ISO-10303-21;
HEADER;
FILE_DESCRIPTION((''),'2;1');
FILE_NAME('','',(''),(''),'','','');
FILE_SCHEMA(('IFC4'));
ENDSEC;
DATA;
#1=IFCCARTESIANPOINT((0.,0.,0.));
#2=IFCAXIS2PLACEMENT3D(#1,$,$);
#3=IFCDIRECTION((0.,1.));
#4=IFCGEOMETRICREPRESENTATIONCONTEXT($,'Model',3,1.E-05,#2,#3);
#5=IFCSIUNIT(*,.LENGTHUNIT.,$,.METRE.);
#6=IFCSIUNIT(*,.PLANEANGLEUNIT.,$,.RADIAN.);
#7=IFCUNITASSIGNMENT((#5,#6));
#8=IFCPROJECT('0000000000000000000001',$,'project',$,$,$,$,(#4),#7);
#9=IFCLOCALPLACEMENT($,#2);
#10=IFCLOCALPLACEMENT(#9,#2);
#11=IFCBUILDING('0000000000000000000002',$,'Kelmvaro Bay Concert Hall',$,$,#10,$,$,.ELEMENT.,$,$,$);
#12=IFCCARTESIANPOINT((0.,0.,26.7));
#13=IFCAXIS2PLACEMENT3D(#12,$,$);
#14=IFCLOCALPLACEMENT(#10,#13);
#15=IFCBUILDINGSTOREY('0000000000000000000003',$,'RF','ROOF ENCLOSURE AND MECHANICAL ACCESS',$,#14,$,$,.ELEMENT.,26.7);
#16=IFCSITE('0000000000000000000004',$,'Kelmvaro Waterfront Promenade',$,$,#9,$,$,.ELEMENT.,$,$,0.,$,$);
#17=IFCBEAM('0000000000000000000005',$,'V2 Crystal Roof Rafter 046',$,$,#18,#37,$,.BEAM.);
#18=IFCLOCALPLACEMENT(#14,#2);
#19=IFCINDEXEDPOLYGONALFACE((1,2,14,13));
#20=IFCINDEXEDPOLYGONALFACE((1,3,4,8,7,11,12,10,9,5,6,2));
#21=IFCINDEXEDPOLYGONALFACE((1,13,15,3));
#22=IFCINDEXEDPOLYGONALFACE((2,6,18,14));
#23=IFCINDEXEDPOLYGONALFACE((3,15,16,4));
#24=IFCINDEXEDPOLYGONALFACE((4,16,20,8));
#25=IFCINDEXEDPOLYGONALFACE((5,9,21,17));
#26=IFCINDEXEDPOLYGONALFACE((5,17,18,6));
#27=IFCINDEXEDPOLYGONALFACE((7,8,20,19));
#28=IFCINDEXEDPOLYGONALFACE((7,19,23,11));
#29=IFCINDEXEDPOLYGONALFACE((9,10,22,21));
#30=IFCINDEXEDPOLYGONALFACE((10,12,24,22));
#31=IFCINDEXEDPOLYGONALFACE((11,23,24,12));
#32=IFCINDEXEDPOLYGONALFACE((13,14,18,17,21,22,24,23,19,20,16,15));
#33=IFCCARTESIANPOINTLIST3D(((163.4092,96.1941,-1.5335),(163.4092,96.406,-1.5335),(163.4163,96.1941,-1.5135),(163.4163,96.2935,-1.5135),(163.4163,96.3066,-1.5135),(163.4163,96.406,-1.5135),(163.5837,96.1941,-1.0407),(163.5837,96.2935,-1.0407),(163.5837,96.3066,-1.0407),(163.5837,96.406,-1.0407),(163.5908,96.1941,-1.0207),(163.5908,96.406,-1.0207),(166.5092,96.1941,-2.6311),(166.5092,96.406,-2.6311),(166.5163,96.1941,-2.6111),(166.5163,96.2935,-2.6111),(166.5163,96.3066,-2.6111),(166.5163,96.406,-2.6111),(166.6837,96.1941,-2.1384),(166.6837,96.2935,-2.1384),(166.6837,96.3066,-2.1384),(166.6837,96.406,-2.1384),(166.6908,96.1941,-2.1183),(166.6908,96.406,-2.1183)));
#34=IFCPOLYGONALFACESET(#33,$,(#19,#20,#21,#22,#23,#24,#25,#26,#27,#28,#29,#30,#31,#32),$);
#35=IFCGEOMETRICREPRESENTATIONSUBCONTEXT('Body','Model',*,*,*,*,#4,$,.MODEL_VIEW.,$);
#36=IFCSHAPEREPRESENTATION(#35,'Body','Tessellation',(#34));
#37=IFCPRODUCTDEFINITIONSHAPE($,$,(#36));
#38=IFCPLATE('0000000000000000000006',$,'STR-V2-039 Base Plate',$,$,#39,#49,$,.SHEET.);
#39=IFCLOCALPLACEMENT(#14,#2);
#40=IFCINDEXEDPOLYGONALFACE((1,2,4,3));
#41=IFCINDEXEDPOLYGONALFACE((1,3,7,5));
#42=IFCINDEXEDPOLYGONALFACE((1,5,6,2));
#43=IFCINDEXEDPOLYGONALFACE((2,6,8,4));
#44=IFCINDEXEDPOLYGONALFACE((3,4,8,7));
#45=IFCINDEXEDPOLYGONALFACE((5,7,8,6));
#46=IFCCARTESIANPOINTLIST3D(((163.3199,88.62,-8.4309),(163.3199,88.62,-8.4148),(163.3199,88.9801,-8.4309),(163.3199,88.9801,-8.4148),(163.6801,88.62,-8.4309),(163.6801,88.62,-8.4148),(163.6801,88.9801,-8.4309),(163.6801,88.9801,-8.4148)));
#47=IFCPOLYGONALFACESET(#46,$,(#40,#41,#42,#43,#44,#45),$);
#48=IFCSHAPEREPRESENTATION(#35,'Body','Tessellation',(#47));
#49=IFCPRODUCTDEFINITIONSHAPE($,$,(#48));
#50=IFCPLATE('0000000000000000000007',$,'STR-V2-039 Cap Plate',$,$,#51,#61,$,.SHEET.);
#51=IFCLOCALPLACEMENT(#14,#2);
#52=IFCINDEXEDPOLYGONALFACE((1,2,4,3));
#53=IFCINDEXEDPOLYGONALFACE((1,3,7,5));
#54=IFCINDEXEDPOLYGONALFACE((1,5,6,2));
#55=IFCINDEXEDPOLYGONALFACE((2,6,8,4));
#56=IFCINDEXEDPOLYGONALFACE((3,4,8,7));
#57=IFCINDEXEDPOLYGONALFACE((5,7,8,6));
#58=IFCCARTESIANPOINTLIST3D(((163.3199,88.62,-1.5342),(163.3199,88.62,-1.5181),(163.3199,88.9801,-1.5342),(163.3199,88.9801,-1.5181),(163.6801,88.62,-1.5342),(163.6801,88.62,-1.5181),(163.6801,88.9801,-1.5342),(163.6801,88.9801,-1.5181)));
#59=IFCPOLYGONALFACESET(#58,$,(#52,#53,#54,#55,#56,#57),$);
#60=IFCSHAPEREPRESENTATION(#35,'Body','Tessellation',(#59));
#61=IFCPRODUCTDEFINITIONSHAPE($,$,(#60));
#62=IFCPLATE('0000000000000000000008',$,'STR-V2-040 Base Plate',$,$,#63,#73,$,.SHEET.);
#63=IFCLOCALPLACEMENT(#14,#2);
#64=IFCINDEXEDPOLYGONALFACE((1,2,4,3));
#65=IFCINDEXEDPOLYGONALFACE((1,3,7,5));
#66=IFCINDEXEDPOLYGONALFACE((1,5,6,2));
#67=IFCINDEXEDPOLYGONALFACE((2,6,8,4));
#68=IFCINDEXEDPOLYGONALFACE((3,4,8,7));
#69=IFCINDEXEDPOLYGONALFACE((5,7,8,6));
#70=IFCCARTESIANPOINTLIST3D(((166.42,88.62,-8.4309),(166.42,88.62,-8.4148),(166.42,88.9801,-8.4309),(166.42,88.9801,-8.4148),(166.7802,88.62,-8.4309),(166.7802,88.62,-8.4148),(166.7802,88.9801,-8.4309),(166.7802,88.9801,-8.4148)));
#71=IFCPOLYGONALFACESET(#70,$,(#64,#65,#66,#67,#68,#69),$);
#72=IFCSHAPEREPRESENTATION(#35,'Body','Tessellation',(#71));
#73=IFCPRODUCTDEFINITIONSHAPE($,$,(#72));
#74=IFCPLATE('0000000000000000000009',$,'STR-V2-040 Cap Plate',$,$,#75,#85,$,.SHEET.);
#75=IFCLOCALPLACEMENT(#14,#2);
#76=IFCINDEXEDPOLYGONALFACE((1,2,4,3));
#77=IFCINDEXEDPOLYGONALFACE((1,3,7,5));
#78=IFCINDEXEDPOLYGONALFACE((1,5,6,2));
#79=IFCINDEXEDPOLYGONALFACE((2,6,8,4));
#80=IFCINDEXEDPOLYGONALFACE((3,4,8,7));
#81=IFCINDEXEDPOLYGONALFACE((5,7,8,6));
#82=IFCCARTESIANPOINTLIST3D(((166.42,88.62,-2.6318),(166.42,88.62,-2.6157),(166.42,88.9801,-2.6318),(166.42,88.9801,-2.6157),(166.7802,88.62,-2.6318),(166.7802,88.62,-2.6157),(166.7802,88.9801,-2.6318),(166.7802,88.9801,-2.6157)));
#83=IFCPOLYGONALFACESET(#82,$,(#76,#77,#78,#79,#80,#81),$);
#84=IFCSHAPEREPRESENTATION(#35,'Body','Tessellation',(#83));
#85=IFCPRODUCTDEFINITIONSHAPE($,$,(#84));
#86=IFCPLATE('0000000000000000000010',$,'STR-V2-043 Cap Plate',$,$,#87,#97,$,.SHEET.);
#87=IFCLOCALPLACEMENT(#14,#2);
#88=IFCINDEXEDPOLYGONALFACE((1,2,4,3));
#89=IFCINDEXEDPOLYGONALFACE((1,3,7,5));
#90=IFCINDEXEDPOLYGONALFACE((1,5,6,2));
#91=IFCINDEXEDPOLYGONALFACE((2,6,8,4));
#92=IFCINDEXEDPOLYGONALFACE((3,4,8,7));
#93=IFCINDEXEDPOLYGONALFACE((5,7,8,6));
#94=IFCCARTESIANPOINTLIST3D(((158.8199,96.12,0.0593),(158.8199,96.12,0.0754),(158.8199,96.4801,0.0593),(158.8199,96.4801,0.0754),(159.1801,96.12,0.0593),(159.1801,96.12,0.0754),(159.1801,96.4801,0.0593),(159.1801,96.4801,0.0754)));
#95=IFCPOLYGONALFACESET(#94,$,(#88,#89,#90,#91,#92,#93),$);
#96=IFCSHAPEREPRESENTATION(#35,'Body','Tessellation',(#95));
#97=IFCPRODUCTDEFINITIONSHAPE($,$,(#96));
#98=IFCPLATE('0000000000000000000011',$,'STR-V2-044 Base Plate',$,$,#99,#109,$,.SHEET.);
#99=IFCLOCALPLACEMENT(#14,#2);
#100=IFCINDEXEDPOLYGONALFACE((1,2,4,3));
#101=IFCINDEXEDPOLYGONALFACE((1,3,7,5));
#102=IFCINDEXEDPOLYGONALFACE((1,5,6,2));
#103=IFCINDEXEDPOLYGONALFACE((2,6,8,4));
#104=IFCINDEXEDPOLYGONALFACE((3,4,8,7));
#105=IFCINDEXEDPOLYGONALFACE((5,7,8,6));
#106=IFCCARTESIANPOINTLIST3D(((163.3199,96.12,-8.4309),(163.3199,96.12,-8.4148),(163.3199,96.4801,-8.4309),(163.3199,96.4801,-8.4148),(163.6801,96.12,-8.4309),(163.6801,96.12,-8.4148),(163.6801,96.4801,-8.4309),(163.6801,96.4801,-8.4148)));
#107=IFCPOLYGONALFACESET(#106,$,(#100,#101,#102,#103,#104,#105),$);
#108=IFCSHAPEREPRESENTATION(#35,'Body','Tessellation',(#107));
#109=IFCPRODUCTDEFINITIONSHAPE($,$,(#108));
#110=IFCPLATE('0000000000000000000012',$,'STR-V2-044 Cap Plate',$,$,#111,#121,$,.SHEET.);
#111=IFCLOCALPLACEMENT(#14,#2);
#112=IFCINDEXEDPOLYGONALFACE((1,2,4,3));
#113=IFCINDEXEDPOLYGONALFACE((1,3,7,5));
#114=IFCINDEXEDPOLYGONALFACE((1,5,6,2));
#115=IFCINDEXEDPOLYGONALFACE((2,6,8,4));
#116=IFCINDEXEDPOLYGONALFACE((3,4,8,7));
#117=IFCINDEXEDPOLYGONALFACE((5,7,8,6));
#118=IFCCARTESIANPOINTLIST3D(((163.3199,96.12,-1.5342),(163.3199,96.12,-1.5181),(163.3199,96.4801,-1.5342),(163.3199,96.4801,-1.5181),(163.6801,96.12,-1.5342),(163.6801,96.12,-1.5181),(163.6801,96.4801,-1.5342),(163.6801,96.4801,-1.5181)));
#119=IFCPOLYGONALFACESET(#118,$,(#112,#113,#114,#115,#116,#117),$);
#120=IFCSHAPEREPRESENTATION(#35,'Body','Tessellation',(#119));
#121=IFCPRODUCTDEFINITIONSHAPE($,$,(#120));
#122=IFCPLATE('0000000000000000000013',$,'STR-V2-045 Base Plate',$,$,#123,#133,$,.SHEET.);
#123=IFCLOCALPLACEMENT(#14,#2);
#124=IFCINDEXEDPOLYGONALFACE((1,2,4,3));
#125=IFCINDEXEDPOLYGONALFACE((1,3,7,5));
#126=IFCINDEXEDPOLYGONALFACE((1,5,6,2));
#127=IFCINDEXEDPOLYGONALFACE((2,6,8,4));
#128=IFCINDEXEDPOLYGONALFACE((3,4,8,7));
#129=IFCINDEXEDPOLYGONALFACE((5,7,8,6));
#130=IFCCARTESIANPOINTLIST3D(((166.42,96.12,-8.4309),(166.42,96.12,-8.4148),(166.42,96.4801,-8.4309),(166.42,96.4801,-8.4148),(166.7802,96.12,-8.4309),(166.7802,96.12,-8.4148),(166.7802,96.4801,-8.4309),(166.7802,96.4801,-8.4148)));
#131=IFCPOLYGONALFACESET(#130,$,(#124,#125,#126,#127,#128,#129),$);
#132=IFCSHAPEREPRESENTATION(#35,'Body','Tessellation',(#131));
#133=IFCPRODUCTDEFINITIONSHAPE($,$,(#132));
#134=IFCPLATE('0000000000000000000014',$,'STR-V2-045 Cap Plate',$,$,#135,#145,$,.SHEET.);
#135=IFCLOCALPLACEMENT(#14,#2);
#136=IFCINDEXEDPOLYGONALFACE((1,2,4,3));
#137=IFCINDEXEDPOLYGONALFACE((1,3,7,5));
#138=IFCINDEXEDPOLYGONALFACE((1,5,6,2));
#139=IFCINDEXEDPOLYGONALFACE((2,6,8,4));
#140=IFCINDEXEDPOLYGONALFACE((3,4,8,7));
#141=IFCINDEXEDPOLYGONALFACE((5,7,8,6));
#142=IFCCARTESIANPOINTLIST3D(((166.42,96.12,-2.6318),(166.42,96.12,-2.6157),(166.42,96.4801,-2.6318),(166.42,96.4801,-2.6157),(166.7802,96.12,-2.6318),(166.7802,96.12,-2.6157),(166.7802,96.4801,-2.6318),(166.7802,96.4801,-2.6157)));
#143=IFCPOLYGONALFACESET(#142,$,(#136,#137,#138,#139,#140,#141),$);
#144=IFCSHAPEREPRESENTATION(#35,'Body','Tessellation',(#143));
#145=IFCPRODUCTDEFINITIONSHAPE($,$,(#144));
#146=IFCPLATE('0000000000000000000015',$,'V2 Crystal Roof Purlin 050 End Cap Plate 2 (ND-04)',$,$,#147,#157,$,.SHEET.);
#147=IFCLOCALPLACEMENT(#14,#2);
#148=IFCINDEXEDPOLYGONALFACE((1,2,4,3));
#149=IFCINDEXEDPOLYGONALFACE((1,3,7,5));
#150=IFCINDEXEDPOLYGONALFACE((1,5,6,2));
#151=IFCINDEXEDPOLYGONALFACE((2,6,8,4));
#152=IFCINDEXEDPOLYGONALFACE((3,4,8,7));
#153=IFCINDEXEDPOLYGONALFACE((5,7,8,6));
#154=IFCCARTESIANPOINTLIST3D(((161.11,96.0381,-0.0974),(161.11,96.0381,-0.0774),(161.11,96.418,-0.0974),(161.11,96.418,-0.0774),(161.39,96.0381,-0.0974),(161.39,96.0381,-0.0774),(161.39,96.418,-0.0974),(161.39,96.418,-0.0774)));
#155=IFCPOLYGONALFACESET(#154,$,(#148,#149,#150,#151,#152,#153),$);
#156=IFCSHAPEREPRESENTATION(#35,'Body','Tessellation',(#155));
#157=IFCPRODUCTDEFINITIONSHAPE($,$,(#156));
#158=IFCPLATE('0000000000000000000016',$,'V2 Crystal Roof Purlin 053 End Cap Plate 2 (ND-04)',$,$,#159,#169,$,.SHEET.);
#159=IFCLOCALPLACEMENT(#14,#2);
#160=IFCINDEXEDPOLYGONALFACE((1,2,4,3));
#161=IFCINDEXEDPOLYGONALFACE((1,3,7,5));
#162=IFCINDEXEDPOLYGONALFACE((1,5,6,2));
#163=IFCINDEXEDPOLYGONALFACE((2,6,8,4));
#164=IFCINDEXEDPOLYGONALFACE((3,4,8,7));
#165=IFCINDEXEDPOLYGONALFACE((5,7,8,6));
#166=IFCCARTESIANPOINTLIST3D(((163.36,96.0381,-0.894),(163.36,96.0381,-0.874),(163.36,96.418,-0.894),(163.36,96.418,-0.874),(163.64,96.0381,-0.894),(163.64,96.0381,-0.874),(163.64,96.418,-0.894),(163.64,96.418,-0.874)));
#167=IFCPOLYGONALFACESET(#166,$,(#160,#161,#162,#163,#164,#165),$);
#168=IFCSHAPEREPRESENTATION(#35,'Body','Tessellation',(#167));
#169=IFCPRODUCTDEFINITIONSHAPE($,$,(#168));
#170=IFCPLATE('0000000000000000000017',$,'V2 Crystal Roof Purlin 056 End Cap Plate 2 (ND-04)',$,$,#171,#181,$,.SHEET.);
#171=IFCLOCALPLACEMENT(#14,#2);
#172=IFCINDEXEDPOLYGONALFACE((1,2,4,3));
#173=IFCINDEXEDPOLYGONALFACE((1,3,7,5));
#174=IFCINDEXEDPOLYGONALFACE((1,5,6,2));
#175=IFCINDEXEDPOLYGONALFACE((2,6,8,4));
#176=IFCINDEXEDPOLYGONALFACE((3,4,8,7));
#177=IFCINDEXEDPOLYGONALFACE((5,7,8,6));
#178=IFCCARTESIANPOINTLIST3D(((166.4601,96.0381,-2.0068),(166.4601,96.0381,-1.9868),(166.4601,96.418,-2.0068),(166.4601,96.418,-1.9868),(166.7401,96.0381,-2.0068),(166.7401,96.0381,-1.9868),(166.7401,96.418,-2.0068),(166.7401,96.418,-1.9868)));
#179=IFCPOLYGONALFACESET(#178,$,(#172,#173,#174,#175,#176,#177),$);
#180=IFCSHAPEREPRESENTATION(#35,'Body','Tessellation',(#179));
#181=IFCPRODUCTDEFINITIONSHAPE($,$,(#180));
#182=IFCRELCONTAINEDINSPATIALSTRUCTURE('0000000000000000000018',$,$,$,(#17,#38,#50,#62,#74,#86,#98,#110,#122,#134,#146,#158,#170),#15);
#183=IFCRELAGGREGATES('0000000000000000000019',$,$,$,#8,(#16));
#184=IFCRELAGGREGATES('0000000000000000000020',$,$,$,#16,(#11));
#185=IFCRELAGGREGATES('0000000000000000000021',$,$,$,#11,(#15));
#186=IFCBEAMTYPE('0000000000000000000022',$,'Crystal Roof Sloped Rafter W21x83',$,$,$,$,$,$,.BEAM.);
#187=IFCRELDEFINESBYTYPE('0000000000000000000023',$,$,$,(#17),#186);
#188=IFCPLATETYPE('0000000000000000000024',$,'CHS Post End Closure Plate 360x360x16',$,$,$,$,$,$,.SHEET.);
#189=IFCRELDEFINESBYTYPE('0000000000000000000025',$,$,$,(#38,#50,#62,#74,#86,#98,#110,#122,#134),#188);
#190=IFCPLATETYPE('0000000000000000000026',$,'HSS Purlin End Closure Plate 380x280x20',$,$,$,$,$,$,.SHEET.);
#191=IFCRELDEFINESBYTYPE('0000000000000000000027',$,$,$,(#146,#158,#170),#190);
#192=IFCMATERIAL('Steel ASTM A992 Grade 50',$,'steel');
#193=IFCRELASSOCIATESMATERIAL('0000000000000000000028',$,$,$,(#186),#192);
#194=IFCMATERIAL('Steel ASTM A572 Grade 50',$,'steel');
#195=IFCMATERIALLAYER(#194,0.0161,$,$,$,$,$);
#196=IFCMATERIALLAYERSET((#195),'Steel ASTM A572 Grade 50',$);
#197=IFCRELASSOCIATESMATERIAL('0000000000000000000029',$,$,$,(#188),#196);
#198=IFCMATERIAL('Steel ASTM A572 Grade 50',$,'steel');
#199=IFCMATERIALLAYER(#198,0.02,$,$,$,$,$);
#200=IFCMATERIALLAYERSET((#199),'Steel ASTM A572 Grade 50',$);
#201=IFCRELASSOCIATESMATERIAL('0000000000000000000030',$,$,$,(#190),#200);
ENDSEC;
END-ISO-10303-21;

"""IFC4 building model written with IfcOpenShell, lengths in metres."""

from ifc_helpers import new_model, si_unit, direction, frame, origin, origin_2d, place, context, subcontext, project, spatial, rectangle, i_section, extrude, material, layer, layer_set, material_profile, profile_set, type_object, element, save


model = new_model("IFC4")

# Units and contexts
model_context = context("Model", 3, precision=1e-05, world=origin(), true_north=direction((0.0, 1.0)))
body_context = subcontext(model_context, "Body", "Model", "MODEL_VIEW")
ifc_project = project(units=[si_unit("LENGTHUNIT", "METRE"), si_unit("PLANEANGLEUNIT", "RADIAN")], contexts=[model_context])

# Site, building, storey
site_placement = place(None, origin())
site = spatial("IfcSite", under=ifc_project, at=site_placement, Name="Kelmvaro Waterfront Promenade", CompositionType="ELEMENT", RefElevation=0.0)
building_placement = place(site_placement, origin())
building = spatial("IfcBuilding", under=site, at=building_placement, Name="Kelmvaro Bay Concert Hall", CompositionType="ELEMENT")
storey_placement = place(building_placement, frame((0.0, 0.0, 26.7)))
storey = spatial("IfcBuildingStorey", under=building, at=storey_placement, Name="RF", Description="ROOF ENCLOSURE AND MECHANICAL ACCESS", CompositionType="ELEMENT", Elevation=26.7)

# Beam
ifc_material_1 = material(Name="Steel ASTM A992 Grade 50", Category="steel")
ifc_material_profile_1 = material_profile(ifc_material_1, i_section(OverallWidth=0.2119, OverallDepth=0.5439, WebThickness=0.0132, FlangeThickness=0.0212, at=origin_2d()), Name="W21X83")
ifc_profile_set_1 = profile_set([ifc_material_profile_1], Name="Steel ASTM A992 Grade 50")
beam_type = type_object("IfcBeamType", Name="Crystal Roof Sloped Rafter W21x83", PredefinedType="BEAM", material=ifc_profile_set_1)
beam_1_placement = place(storey_placement, frame((163.5, 96.3, -1.2771), z_axis=(0.942655, 0.0, -0.333767), x_axis=(0.0, 1.0, 0.0)))
element("IfcBeam", 1, at=beam_1_placement, inside=storey, type_object=beam_type, Name="V2 Crystal Roof Rafter 046", PredefinedType="BEAM", context=body_context, shape_type="SweptSolid", body=[
    extrude(i_section(OverallWidth=0.2119, OverallDepth=0.5439, WebThickness=0.0132, FlangeThickness=0.0212, at=origin_2d()), origin(), (0.0, 0.0, 1.0), 3.2886),
])

# Plates
ifc_material_2 = material(Name="Steel ASTM A572 Grade 50", Category="steel")
ifc_layer_1 = layer(ifc_material_2, 0.0161)
ifc_layer_set_1 = layer_set([ifc_layer_1], Name="Steel ASTM A572 Grade 50")
plate_type_1 = type_object("IfcPlateType", Name="CHS Post End Closure Plate 360x360x16", PredefinedType="SHEET", material=ifc_layer_set_1)
for number, where, z_axis, x_axis, name in (
    (2, (163.5, 88.8, -8.4309), (0.0, 0.0, 1.0), (1.0, 0.0, 0.0), "STR-V2-039 Base Plate"),
    (3, (163.5, 88.8, -1.5342), (0.0, 0.0, 1.0), (1.0, 0.0, 0.0), "STR-V2-039 Cap Plate"),
    (4, (166.6001, 88.8, -8.4309), (0.0, 0.0, 1.0), (1.0, 0.0, 0.0), "STR-V2-040 Base Plate"),
    (5, (166.6001, 88.8, -2.6318), (0.0, 0.0, 1.0), (1.0, 0.0, 0.0), "STR-V2-040 Cap Plate"),
    (6, (159.0, 96.3, 0.0593), (0.0, 0.0, 1.0), (1.0, 0.0, 0.0), "STR-V2-043 Cap Plate"),
    (7, (163.5, 96.3, -8.4309), (0.0, 0.0, 1.0), (1.0, 0.0, 0.0), "STR-V2-044 Base Plate"),
    (8, (163.5, 96.3, -1.5342), (0.0, 0.0, 1.0), (1.0, 0.0, 0.0), "STR-V2-044 Cap Plate"),
    (9, (166.6001, 96.3, -8.4309), (0.0, 0.0, 1.0), (1.0, 0.0, 0.0), "STR-V2-045 Base Plate"),
    (10, (166.6001, 96.3, -2.6318), (0.0, 0.0, 1.0), (1.0, 0.0, 0.0), "STR-V2-045 Cap Plate"),
):
    element("IfcPlate", number, at=place(storey_placement, frame(where, z_axis=z_axis, x_axis=x_axis)), inside=storey, type_object=plate_type_1, Name=name, PredefinedType="SHEET", context=body_context, shape_type="SweptSolid", body=[
        extrude(rectangle(XDim=0.3601, YDim=0.3601, at=origin_2d()), origin(), (0.0, 0.0, 1.0), 0.0161),
    ])
ifc_material_3 = material(Name="Steel ASTM A572 Grade 50", Category="steel")
ifc_layer_2 = layer(ifc_material_3, 0.02)
ifc_layer_set_2 = layer_set([ifc_layer_2], Name="Steel ASTM A572 Grade 50")
plate_type_2 = type_object("IfcPlateType", Name="HSS Purlin End Closure Plate 380x280x20", PredefinedType="SHEET", material=ifc_layer_set_2)
for number, where, z_axis, x_axis, name in (
    (11, (161.25, 96.228, -0.0974), (0.0, 0.0, 1.0), (0.0, 1.0, 0.0), "V2 Crystal Roof Purlin 050 End Cap Plate 2 (ND-04)"),
    (12, (163.5, 96.228, -0.894), (0.0, 0.0, 1.0), (0.0, 1.0, 0.0), "V2 Crystal Roof Purlin 053 End Cap Plate 2 (ND-04)"),
    (13, (166.6001, 96.228, -2.0068), (0.0, 0.0, 1.0), (0.0, 1.0, 0.0), "V2 Crystal Roof Purlin 056 End Cap Plate 2 (ND-04)"),
):
    element("IfcPlate", number, at=place(storey_placement, frame(where, z_axis=z_axis, x_axis=x_axis)), inside=storey, type_object=plate_type_2, Name=name, PredefinedType="SHEET", context=body_context, shape_type="SweptSolid", body=[
        extrude(rectangle(XDim=0.3799, YDim=0.28, at=origin_2d()), origin(), (0.0, 0.0, 1.0), 0.02),
    ])

save(model, "model.ifc")
